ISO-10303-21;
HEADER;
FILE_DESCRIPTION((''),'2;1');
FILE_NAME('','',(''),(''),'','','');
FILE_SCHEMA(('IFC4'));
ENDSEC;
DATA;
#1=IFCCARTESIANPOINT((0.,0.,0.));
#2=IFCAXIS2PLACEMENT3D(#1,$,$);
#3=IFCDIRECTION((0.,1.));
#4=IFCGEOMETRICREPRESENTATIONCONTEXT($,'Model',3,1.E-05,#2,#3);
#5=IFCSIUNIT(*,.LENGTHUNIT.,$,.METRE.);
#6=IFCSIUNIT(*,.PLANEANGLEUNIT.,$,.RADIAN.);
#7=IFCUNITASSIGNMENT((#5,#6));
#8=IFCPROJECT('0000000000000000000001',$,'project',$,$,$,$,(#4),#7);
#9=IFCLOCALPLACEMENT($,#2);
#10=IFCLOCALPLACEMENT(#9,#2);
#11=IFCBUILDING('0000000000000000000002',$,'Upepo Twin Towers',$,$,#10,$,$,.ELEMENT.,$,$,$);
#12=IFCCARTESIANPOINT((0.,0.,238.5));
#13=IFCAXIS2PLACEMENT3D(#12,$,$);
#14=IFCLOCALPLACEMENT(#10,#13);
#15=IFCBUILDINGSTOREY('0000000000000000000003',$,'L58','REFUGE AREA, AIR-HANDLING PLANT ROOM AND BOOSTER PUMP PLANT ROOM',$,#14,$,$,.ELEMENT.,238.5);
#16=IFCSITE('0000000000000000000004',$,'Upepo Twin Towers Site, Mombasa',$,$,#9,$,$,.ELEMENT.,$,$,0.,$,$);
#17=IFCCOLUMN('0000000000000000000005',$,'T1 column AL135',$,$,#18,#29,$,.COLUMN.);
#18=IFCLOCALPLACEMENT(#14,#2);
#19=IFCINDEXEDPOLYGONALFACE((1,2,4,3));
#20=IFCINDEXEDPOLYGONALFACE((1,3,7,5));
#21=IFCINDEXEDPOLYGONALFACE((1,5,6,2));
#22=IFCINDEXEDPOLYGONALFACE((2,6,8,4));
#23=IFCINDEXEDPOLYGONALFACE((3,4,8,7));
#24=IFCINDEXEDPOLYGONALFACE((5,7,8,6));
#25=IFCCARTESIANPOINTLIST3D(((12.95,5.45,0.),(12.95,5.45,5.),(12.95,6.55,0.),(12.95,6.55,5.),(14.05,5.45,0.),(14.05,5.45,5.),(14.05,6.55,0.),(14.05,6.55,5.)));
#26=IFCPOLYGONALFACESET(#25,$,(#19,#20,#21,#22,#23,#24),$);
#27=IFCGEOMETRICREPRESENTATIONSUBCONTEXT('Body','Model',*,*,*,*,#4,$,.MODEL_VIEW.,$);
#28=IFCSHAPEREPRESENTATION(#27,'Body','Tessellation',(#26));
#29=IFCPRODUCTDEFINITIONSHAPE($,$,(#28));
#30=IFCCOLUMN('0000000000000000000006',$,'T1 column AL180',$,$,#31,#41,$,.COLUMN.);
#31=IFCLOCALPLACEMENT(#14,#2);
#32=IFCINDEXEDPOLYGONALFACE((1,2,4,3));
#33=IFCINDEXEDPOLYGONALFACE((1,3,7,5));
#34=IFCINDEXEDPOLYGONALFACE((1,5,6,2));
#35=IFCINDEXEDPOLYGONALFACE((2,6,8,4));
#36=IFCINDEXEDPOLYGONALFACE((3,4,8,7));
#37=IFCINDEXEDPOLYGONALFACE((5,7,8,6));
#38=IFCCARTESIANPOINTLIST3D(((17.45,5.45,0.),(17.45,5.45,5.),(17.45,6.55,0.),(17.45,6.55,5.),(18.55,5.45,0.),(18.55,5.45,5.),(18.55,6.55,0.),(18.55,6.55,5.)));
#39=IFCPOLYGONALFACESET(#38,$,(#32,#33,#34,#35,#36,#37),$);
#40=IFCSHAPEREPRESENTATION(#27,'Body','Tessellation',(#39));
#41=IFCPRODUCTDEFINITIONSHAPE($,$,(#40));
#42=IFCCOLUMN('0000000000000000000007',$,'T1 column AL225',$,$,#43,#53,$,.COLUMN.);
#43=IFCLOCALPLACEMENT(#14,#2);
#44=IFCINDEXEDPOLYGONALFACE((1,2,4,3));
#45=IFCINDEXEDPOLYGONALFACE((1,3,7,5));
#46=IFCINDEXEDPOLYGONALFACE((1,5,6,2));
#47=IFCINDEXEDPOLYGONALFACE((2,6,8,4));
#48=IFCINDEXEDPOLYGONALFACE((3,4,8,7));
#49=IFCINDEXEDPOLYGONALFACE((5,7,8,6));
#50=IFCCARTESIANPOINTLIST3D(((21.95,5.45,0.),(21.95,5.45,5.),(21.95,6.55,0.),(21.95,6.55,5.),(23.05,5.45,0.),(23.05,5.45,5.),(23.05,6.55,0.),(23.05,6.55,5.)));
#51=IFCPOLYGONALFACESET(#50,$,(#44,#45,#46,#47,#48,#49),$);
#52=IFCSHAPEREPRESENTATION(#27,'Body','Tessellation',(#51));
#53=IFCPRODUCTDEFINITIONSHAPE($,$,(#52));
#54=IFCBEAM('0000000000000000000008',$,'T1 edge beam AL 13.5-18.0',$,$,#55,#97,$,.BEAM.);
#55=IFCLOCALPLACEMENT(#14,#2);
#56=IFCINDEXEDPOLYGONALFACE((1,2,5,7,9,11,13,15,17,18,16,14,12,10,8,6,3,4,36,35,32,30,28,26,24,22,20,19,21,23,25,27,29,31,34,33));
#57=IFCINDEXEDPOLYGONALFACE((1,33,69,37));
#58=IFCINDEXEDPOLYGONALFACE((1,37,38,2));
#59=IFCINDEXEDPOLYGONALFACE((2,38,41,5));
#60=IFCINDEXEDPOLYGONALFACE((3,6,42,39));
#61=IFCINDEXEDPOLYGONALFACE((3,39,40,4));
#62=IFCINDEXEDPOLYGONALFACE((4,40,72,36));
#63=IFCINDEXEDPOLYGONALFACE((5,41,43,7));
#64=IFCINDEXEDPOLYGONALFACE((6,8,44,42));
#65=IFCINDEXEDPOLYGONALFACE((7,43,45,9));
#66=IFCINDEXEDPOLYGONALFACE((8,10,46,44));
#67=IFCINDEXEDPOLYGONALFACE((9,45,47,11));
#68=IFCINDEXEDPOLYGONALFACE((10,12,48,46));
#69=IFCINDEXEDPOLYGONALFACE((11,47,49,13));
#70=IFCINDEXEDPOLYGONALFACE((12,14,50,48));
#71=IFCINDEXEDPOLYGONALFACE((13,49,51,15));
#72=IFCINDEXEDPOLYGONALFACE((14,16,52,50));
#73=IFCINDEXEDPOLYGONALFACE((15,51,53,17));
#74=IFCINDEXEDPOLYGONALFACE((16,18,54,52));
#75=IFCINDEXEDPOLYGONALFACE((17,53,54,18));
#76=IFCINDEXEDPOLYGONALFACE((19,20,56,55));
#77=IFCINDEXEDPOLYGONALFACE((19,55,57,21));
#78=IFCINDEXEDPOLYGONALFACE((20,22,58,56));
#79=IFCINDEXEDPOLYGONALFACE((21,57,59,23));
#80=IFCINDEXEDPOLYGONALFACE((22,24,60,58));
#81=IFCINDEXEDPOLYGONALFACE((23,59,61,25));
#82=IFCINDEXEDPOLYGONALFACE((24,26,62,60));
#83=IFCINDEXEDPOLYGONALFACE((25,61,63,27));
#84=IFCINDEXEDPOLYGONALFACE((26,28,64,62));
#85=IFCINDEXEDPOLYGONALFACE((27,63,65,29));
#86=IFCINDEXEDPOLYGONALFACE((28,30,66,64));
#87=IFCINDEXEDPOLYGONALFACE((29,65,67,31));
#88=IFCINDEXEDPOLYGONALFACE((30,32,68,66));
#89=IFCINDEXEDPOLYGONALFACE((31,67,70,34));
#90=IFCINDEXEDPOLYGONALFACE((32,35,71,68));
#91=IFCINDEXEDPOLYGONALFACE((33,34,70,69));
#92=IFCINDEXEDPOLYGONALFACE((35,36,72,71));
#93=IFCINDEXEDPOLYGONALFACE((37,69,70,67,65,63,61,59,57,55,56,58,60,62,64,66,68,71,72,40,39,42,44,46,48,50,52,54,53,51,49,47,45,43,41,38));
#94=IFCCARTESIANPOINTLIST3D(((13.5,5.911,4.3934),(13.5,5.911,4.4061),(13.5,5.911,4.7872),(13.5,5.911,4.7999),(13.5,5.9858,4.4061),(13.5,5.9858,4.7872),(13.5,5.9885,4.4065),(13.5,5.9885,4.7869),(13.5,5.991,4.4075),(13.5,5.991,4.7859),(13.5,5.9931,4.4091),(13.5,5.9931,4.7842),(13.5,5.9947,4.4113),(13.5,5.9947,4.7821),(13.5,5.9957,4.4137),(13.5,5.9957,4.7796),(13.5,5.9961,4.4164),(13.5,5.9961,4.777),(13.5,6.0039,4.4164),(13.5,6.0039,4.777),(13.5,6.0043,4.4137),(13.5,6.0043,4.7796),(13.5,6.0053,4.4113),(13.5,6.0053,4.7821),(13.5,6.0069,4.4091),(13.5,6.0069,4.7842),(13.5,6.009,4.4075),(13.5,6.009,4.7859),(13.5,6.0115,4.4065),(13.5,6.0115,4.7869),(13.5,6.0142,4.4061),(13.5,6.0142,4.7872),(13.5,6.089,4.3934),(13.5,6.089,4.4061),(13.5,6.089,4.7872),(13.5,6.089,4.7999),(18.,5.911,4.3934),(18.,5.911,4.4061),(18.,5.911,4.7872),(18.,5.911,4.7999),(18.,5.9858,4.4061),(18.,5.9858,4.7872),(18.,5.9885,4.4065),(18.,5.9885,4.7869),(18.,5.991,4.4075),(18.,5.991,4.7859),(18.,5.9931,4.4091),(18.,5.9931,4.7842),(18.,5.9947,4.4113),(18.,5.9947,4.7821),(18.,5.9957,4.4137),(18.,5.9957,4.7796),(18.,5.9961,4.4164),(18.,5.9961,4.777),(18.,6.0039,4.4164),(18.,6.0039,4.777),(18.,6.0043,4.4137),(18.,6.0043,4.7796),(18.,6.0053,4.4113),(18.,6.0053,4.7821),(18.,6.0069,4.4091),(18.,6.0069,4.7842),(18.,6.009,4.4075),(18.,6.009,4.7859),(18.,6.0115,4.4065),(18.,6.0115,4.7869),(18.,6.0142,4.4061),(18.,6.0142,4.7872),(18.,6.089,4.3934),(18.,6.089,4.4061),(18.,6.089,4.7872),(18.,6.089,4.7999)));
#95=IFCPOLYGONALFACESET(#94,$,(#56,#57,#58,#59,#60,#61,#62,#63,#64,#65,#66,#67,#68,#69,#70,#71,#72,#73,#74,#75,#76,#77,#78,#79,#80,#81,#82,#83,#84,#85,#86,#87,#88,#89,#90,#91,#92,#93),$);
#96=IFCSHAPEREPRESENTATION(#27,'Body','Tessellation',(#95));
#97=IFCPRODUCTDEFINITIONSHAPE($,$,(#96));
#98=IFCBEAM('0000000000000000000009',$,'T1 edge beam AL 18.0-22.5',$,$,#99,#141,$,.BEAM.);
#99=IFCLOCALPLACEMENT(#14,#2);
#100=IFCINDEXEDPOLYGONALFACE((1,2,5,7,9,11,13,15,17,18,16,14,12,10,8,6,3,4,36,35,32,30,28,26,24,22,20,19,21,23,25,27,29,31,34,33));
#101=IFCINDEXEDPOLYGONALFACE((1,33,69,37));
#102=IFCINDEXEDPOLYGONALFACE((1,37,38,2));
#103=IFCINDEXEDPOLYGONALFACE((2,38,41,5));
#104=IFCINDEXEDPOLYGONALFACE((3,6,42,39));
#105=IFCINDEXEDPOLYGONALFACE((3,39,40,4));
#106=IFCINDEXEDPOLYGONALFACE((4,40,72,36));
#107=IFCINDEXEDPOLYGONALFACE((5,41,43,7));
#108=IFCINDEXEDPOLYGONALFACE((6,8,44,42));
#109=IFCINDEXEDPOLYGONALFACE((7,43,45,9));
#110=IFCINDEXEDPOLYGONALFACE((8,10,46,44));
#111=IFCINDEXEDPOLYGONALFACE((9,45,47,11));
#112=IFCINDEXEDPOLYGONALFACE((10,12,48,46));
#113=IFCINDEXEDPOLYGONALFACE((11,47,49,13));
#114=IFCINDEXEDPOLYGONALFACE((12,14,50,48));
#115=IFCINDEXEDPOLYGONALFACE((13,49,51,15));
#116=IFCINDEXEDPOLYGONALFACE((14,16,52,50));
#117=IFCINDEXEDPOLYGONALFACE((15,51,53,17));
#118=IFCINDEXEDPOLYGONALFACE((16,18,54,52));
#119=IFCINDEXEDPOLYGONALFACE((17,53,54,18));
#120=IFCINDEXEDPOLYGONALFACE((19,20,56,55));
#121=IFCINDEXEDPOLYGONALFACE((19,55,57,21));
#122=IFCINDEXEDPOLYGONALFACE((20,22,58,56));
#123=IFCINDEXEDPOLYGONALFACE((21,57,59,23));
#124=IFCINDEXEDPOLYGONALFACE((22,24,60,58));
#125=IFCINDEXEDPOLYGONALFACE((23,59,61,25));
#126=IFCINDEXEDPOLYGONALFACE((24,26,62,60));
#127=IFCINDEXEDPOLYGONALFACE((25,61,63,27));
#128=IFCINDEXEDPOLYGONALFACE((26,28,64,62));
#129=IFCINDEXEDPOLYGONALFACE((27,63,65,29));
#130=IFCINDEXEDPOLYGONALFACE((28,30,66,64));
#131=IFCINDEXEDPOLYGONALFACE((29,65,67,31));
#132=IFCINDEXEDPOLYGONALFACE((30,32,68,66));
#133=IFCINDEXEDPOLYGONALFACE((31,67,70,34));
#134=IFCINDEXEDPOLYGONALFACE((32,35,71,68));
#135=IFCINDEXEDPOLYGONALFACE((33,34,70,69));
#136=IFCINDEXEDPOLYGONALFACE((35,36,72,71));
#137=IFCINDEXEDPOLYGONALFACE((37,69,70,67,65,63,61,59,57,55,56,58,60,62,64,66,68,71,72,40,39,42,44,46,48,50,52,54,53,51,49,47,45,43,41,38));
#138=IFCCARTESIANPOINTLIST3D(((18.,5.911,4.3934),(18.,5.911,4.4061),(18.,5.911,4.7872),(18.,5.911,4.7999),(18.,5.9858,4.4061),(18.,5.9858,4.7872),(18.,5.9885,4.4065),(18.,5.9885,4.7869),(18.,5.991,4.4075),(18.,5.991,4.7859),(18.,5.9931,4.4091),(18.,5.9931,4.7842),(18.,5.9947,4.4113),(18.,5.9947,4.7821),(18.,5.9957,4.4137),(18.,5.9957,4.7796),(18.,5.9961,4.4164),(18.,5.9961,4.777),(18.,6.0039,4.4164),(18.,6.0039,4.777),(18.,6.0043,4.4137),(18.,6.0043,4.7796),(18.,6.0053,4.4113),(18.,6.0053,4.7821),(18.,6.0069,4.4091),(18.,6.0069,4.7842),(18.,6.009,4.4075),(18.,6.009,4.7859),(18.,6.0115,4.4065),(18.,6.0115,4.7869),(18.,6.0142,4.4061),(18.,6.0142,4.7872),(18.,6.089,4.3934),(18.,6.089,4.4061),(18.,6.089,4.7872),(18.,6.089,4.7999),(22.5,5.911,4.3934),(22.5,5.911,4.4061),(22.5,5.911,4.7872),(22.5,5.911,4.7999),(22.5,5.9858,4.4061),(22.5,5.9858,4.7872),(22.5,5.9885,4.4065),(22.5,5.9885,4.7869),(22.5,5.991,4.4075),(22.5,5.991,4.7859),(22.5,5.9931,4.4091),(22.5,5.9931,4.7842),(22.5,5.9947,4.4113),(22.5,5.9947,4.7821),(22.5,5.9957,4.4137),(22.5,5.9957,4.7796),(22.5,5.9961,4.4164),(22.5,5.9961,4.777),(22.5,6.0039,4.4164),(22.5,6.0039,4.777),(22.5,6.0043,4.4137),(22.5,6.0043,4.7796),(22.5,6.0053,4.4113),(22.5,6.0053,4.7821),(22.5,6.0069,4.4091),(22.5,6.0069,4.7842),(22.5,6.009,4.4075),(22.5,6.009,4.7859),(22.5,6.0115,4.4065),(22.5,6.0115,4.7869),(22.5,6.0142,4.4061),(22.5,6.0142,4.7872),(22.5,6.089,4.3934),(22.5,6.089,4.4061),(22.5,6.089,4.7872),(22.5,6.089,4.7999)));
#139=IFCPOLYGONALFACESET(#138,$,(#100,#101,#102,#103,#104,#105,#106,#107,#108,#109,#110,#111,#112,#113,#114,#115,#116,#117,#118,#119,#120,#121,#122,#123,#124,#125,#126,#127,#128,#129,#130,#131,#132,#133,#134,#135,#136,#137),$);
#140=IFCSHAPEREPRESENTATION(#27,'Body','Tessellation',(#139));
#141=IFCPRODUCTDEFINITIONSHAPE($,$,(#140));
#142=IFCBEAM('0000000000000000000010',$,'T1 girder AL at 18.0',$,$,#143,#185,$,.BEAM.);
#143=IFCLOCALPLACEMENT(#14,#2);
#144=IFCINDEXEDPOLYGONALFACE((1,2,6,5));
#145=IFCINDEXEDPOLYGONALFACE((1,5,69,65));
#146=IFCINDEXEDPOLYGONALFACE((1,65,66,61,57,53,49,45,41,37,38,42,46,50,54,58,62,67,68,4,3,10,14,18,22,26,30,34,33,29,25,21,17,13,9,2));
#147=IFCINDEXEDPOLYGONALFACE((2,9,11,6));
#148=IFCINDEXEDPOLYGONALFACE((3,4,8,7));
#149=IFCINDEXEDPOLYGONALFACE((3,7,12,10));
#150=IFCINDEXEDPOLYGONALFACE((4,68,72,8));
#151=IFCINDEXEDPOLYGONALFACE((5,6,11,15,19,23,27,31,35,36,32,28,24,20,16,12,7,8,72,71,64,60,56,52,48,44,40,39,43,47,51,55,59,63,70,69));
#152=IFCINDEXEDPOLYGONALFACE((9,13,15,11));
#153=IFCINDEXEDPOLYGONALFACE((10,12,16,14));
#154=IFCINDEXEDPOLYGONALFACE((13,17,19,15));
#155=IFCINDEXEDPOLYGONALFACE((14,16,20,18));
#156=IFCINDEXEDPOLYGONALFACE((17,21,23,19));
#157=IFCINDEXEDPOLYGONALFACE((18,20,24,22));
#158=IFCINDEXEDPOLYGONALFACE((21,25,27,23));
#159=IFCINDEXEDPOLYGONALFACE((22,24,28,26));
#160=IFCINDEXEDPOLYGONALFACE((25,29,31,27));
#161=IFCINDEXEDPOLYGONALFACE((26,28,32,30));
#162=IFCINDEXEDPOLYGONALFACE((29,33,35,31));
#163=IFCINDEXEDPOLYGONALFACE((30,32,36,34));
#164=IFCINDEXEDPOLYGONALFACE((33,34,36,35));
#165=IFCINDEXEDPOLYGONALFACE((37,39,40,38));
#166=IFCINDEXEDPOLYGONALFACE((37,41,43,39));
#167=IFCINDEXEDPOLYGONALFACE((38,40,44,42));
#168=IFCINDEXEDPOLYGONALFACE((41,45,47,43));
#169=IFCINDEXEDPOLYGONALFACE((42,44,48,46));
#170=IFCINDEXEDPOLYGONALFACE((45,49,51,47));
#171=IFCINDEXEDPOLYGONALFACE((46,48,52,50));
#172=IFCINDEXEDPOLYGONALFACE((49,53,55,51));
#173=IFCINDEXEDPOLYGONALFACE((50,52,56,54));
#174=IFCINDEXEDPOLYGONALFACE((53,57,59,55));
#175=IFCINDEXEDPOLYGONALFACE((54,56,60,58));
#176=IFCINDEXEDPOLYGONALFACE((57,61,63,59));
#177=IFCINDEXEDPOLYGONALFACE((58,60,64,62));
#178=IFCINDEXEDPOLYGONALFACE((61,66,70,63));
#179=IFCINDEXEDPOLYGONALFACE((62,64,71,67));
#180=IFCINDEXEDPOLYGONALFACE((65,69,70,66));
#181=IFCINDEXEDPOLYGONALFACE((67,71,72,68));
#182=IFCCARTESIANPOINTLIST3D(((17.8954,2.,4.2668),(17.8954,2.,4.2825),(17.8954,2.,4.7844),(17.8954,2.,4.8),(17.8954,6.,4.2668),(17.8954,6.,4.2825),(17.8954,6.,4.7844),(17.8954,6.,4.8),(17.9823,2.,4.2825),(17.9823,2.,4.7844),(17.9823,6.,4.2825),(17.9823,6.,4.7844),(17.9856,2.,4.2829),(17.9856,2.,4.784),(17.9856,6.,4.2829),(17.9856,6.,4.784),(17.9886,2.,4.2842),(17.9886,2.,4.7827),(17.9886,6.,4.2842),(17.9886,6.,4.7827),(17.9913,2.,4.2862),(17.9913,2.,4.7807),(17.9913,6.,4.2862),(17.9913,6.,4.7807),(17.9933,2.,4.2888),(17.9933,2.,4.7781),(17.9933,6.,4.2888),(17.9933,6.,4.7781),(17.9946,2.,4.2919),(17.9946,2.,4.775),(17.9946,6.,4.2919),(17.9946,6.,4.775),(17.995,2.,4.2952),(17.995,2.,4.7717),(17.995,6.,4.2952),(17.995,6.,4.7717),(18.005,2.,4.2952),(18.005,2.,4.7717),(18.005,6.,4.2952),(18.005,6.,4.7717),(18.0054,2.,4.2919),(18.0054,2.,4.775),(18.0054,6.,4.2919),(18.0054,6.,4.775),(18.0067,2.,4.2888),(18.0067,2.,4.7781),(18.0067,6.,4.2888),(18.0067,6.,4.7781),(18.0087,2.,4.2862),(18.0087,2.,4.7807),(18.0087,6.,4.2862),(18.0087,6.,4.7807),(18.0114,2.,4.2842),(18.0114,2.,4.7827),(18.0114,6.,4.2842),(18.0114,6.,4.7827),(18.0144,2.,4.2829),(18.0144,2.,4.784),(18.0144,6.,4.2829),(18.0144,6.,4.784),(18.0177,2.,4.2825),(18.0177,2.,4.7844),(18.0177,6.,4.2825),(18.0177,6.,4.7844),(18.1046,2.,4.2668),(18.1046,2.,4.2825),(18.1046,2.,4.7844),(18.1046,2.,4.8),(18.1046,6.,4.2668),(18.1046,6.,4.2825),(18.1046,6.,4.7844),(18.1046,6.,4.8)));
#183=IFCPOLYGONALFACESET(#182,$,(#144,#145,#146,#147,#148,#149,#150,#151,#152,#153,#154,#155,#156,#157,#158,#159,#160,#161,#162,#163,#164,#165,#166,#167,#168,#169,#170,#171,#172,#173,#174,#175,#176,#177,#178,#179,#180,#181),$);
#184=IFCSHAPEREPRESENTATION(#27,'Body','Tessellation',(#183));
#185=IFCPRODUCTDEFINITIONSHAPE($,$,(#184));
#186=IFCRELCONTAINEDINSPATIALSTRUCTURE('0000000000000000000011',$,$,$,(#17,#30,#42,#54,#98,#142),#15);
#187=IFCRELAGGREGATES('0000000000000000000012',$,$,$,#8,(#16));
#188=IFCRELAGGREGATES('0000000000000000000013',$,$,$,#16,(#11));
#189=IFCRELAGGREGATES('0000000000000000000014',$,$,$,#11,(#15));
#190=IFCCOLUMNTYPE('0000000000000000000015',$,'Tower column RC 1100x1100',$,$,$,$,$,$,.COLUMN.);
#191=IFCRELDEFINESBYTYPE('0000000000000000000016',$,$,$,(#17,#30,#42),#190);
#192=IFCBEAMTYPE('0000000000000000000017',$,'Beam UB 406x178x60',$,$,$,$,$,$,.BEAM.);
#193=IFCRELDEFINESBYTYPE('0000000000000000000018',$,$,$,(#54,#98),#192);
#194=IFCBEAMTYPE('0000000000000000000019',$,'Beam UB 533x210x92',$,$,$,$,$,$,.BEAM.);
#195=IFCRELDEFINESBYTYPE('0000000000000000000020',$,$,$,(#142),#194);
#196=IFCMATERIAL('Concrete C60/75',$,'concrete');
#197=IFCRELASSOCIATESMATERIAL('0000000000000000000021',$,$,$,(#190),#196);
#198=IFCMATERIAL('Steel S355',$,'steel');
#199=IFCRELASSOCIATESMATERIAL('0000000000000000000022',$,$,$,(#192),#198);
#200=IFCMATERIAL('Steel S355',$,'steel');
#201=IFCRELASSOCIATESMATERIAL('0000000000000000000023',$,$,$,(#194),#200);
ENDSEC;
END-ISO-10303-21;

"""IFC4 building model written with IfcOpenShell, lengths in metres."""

from ifc_helpers import new_model, si_unit, direction, frame, origin, origin_2d, place, context, subcontext, project, spatial, rectangle, i_section, extrude, material, material_profile, profile_set, type_object, element, save


model = new_model("IFC4")

# Units and contexts
model_context = context("Model", 3, precision=1e-05, world=origin(), true_north=direction((0.0, 1.0)))
body_context = subcontext(model_context, "Body", "Model", "MODEL_VIEW")
ifc_project = project(units=[si_unit("LENGTHUNIT", "METRE"), si_unit("PLANEANGLEUNIT", "RADIAN")], contexts=[model_context])

# Site, building, storey
site_placement = place(None, origin())
site = spatial("IfcSite", under=ifc_project, at=site_placement, Name="Upepo Twin Towers Site, Mombasa", CompositionType="ELEMENT", RefElevation=0.0)
building_placement = place(site_placement, origin())
building = spatial("IfcBuilding", under=site, at=building_placement, Name="Upepo Twin Towers", CompositionType="ELEMENT")
storey_placement = place(building_placement, frame((0.0, 0.0, 238.5)))
storey = spatial("IfcBuildingStorey", under=building, at=storey_placement, Name="L58", Description="REFUGE AREA, AIR-HANDLING PLANT ROOM AND BOOSTER PUMP PLANT ROOM", CompositionType="ELEMENT", Elevation=238.5)

# Columns
ifc_material_1 = material(Name="Concrete C60/75", Category="concrete")
ifc_material_profile_1 = material_profile(ifc_material_1, rectangle(XDim=1.1001, YDim=1.1001, at=origin_2d()), Name="RC 1100x1100")
ifc_profile_set_1 = profile_set([ifc_material_profile_1], Name="Concrete C60/75")
column_type = type_object("IfcColumnType", Name="Tower column RC 1100x1100", PredefinedType="COLUMN", material=ifc_profile_set_1)
for number, where, z_axis, x_axis, name in (
    (1, (13.5, 6.0, 0.0), (0.0, 0.0, 1.0), (1.0, 0.0, 0.0), "T1 column AL135"),
    (2, (18.0, 6.0, 0.0), (0.0, 0.0, 1.0), (1.0, 0.0, 0.0), "T1 column AL180"),
    (3, (22.5, 6.0, 0.0), (0.0, 0.0, 1.0), (1.0, 0.0, 0.0), "T1 column AL225"),
):
    element("IfcColumn", number, at=place(storey_placement, frame(where, z_axis=z_axis, x_axis=x_axis)), inside=storey, type_object=column_type, Name=name, PredefinedType="COLUMN", context=body_context, shape_type="SweptSolid", body=[
        extrude(rectangle(XDim=1.1001, YDim=1.1001, at=origin_2d()), origin(), (0.0, 0.0, 1.0), 5.0),
    ])

# Beams
ifc_material_2 = material(Name="Steel S355", Category="steel")
ifc_material_profile_2 = material_profile(ifc_material_2, i_section(OverallWidth=0.178, OverallDepth=0.4065, WebThickness=0.0078, FlangeThickness=0.0127, FilletRadius=0.0103, at=origin_2d()), Name="UB 406x178x60")
ifc_profile_set_2 = profile_set([ifc_material_profile_2], Name="Steel S355")
beam_type_1 = type_object("IfcBeamType", Name="Beam UB 406x178x60", PredefinedType="BEAM", material=ifc_profile_set_2)
for number, where, z_axis, x_axis, name in (
    (4, (13.5, 6.0, 4.5967), (1.0, 0.0, 0.0), (0.0, 1.0, 0.0), "T1 edge beam AL 13.5-18.0"),
    (5, (18.0, 6.0, 4.5967), (1.0, 0.0, 0.0), (0.0, 1.0, 0.0), "T1 edge beam AL 18.0-22.5"),
):
    element("IfcBeam", number, at=place(storey_placement, frame(where, z_axis=z_axis, x_axis=x_axis)), inside=storey, type_object=beam_type_1, Name=name, PredefinedType="BEAM", context=body_context, shape_type="SweptSolid", body=[
        extrude(i_section(OverallWidth=0.178, OverallDepth=0.4065, WebThickness=0.0078, FlangeThickness=0.0127, FilletRadius=0.0103, at=origin_2d()), origin(), (0.0, 0.0, 1.0), 4.5),
    ])
ifc_material_3 = material(Name="Steel S355", Category="steel")
ifc_material_profile_3 = material_profile(ifc_material_3, i_section(OverallWidth=0.2092, OverallDepth=0.5332, WebThickness=0.01, FlangeThickness=0.0156, FilletRadius=0.0127, at=origin_2d()), Name="UB 533x210x92")
ifc_profile_set_3 = profile_set([ifc_material_profile_3], Name="Steel S355")
beam_type_2 = type_object("IfcBeamType", Name="Beam UB 533x210x92", PredefinedType="BEAM", material=ifc_profile_set_3)
for number, where, z_axis, x_axis, name in (
    (6, (18.0, 6.0, 4.5334), (0.0, -1.0, 0.0), (1.0, 0.0, 0.0), "T1 girder AL at 18.0"),
):
    element("IfcBeam", number, at=place(storey_placement, frame(where, z_axis=z_axis, x_axis=x_axis)), inside=storey, type_object=beam_type_2, Name=name, PredefinedType="BEAM", context=body_context, shape_type="SweptSolid", body=[
        extrude(i_section(OverallWidth=0.2092, OverallDepth=0.5332, WebThickness=0.01, FlangeThickness=0.0156, FilletRadius=0.0127, at=origin_2d()), origin(), (0.0, 0.0, 1.0), 4.0),
    ])

save(model, "model.ifc")
